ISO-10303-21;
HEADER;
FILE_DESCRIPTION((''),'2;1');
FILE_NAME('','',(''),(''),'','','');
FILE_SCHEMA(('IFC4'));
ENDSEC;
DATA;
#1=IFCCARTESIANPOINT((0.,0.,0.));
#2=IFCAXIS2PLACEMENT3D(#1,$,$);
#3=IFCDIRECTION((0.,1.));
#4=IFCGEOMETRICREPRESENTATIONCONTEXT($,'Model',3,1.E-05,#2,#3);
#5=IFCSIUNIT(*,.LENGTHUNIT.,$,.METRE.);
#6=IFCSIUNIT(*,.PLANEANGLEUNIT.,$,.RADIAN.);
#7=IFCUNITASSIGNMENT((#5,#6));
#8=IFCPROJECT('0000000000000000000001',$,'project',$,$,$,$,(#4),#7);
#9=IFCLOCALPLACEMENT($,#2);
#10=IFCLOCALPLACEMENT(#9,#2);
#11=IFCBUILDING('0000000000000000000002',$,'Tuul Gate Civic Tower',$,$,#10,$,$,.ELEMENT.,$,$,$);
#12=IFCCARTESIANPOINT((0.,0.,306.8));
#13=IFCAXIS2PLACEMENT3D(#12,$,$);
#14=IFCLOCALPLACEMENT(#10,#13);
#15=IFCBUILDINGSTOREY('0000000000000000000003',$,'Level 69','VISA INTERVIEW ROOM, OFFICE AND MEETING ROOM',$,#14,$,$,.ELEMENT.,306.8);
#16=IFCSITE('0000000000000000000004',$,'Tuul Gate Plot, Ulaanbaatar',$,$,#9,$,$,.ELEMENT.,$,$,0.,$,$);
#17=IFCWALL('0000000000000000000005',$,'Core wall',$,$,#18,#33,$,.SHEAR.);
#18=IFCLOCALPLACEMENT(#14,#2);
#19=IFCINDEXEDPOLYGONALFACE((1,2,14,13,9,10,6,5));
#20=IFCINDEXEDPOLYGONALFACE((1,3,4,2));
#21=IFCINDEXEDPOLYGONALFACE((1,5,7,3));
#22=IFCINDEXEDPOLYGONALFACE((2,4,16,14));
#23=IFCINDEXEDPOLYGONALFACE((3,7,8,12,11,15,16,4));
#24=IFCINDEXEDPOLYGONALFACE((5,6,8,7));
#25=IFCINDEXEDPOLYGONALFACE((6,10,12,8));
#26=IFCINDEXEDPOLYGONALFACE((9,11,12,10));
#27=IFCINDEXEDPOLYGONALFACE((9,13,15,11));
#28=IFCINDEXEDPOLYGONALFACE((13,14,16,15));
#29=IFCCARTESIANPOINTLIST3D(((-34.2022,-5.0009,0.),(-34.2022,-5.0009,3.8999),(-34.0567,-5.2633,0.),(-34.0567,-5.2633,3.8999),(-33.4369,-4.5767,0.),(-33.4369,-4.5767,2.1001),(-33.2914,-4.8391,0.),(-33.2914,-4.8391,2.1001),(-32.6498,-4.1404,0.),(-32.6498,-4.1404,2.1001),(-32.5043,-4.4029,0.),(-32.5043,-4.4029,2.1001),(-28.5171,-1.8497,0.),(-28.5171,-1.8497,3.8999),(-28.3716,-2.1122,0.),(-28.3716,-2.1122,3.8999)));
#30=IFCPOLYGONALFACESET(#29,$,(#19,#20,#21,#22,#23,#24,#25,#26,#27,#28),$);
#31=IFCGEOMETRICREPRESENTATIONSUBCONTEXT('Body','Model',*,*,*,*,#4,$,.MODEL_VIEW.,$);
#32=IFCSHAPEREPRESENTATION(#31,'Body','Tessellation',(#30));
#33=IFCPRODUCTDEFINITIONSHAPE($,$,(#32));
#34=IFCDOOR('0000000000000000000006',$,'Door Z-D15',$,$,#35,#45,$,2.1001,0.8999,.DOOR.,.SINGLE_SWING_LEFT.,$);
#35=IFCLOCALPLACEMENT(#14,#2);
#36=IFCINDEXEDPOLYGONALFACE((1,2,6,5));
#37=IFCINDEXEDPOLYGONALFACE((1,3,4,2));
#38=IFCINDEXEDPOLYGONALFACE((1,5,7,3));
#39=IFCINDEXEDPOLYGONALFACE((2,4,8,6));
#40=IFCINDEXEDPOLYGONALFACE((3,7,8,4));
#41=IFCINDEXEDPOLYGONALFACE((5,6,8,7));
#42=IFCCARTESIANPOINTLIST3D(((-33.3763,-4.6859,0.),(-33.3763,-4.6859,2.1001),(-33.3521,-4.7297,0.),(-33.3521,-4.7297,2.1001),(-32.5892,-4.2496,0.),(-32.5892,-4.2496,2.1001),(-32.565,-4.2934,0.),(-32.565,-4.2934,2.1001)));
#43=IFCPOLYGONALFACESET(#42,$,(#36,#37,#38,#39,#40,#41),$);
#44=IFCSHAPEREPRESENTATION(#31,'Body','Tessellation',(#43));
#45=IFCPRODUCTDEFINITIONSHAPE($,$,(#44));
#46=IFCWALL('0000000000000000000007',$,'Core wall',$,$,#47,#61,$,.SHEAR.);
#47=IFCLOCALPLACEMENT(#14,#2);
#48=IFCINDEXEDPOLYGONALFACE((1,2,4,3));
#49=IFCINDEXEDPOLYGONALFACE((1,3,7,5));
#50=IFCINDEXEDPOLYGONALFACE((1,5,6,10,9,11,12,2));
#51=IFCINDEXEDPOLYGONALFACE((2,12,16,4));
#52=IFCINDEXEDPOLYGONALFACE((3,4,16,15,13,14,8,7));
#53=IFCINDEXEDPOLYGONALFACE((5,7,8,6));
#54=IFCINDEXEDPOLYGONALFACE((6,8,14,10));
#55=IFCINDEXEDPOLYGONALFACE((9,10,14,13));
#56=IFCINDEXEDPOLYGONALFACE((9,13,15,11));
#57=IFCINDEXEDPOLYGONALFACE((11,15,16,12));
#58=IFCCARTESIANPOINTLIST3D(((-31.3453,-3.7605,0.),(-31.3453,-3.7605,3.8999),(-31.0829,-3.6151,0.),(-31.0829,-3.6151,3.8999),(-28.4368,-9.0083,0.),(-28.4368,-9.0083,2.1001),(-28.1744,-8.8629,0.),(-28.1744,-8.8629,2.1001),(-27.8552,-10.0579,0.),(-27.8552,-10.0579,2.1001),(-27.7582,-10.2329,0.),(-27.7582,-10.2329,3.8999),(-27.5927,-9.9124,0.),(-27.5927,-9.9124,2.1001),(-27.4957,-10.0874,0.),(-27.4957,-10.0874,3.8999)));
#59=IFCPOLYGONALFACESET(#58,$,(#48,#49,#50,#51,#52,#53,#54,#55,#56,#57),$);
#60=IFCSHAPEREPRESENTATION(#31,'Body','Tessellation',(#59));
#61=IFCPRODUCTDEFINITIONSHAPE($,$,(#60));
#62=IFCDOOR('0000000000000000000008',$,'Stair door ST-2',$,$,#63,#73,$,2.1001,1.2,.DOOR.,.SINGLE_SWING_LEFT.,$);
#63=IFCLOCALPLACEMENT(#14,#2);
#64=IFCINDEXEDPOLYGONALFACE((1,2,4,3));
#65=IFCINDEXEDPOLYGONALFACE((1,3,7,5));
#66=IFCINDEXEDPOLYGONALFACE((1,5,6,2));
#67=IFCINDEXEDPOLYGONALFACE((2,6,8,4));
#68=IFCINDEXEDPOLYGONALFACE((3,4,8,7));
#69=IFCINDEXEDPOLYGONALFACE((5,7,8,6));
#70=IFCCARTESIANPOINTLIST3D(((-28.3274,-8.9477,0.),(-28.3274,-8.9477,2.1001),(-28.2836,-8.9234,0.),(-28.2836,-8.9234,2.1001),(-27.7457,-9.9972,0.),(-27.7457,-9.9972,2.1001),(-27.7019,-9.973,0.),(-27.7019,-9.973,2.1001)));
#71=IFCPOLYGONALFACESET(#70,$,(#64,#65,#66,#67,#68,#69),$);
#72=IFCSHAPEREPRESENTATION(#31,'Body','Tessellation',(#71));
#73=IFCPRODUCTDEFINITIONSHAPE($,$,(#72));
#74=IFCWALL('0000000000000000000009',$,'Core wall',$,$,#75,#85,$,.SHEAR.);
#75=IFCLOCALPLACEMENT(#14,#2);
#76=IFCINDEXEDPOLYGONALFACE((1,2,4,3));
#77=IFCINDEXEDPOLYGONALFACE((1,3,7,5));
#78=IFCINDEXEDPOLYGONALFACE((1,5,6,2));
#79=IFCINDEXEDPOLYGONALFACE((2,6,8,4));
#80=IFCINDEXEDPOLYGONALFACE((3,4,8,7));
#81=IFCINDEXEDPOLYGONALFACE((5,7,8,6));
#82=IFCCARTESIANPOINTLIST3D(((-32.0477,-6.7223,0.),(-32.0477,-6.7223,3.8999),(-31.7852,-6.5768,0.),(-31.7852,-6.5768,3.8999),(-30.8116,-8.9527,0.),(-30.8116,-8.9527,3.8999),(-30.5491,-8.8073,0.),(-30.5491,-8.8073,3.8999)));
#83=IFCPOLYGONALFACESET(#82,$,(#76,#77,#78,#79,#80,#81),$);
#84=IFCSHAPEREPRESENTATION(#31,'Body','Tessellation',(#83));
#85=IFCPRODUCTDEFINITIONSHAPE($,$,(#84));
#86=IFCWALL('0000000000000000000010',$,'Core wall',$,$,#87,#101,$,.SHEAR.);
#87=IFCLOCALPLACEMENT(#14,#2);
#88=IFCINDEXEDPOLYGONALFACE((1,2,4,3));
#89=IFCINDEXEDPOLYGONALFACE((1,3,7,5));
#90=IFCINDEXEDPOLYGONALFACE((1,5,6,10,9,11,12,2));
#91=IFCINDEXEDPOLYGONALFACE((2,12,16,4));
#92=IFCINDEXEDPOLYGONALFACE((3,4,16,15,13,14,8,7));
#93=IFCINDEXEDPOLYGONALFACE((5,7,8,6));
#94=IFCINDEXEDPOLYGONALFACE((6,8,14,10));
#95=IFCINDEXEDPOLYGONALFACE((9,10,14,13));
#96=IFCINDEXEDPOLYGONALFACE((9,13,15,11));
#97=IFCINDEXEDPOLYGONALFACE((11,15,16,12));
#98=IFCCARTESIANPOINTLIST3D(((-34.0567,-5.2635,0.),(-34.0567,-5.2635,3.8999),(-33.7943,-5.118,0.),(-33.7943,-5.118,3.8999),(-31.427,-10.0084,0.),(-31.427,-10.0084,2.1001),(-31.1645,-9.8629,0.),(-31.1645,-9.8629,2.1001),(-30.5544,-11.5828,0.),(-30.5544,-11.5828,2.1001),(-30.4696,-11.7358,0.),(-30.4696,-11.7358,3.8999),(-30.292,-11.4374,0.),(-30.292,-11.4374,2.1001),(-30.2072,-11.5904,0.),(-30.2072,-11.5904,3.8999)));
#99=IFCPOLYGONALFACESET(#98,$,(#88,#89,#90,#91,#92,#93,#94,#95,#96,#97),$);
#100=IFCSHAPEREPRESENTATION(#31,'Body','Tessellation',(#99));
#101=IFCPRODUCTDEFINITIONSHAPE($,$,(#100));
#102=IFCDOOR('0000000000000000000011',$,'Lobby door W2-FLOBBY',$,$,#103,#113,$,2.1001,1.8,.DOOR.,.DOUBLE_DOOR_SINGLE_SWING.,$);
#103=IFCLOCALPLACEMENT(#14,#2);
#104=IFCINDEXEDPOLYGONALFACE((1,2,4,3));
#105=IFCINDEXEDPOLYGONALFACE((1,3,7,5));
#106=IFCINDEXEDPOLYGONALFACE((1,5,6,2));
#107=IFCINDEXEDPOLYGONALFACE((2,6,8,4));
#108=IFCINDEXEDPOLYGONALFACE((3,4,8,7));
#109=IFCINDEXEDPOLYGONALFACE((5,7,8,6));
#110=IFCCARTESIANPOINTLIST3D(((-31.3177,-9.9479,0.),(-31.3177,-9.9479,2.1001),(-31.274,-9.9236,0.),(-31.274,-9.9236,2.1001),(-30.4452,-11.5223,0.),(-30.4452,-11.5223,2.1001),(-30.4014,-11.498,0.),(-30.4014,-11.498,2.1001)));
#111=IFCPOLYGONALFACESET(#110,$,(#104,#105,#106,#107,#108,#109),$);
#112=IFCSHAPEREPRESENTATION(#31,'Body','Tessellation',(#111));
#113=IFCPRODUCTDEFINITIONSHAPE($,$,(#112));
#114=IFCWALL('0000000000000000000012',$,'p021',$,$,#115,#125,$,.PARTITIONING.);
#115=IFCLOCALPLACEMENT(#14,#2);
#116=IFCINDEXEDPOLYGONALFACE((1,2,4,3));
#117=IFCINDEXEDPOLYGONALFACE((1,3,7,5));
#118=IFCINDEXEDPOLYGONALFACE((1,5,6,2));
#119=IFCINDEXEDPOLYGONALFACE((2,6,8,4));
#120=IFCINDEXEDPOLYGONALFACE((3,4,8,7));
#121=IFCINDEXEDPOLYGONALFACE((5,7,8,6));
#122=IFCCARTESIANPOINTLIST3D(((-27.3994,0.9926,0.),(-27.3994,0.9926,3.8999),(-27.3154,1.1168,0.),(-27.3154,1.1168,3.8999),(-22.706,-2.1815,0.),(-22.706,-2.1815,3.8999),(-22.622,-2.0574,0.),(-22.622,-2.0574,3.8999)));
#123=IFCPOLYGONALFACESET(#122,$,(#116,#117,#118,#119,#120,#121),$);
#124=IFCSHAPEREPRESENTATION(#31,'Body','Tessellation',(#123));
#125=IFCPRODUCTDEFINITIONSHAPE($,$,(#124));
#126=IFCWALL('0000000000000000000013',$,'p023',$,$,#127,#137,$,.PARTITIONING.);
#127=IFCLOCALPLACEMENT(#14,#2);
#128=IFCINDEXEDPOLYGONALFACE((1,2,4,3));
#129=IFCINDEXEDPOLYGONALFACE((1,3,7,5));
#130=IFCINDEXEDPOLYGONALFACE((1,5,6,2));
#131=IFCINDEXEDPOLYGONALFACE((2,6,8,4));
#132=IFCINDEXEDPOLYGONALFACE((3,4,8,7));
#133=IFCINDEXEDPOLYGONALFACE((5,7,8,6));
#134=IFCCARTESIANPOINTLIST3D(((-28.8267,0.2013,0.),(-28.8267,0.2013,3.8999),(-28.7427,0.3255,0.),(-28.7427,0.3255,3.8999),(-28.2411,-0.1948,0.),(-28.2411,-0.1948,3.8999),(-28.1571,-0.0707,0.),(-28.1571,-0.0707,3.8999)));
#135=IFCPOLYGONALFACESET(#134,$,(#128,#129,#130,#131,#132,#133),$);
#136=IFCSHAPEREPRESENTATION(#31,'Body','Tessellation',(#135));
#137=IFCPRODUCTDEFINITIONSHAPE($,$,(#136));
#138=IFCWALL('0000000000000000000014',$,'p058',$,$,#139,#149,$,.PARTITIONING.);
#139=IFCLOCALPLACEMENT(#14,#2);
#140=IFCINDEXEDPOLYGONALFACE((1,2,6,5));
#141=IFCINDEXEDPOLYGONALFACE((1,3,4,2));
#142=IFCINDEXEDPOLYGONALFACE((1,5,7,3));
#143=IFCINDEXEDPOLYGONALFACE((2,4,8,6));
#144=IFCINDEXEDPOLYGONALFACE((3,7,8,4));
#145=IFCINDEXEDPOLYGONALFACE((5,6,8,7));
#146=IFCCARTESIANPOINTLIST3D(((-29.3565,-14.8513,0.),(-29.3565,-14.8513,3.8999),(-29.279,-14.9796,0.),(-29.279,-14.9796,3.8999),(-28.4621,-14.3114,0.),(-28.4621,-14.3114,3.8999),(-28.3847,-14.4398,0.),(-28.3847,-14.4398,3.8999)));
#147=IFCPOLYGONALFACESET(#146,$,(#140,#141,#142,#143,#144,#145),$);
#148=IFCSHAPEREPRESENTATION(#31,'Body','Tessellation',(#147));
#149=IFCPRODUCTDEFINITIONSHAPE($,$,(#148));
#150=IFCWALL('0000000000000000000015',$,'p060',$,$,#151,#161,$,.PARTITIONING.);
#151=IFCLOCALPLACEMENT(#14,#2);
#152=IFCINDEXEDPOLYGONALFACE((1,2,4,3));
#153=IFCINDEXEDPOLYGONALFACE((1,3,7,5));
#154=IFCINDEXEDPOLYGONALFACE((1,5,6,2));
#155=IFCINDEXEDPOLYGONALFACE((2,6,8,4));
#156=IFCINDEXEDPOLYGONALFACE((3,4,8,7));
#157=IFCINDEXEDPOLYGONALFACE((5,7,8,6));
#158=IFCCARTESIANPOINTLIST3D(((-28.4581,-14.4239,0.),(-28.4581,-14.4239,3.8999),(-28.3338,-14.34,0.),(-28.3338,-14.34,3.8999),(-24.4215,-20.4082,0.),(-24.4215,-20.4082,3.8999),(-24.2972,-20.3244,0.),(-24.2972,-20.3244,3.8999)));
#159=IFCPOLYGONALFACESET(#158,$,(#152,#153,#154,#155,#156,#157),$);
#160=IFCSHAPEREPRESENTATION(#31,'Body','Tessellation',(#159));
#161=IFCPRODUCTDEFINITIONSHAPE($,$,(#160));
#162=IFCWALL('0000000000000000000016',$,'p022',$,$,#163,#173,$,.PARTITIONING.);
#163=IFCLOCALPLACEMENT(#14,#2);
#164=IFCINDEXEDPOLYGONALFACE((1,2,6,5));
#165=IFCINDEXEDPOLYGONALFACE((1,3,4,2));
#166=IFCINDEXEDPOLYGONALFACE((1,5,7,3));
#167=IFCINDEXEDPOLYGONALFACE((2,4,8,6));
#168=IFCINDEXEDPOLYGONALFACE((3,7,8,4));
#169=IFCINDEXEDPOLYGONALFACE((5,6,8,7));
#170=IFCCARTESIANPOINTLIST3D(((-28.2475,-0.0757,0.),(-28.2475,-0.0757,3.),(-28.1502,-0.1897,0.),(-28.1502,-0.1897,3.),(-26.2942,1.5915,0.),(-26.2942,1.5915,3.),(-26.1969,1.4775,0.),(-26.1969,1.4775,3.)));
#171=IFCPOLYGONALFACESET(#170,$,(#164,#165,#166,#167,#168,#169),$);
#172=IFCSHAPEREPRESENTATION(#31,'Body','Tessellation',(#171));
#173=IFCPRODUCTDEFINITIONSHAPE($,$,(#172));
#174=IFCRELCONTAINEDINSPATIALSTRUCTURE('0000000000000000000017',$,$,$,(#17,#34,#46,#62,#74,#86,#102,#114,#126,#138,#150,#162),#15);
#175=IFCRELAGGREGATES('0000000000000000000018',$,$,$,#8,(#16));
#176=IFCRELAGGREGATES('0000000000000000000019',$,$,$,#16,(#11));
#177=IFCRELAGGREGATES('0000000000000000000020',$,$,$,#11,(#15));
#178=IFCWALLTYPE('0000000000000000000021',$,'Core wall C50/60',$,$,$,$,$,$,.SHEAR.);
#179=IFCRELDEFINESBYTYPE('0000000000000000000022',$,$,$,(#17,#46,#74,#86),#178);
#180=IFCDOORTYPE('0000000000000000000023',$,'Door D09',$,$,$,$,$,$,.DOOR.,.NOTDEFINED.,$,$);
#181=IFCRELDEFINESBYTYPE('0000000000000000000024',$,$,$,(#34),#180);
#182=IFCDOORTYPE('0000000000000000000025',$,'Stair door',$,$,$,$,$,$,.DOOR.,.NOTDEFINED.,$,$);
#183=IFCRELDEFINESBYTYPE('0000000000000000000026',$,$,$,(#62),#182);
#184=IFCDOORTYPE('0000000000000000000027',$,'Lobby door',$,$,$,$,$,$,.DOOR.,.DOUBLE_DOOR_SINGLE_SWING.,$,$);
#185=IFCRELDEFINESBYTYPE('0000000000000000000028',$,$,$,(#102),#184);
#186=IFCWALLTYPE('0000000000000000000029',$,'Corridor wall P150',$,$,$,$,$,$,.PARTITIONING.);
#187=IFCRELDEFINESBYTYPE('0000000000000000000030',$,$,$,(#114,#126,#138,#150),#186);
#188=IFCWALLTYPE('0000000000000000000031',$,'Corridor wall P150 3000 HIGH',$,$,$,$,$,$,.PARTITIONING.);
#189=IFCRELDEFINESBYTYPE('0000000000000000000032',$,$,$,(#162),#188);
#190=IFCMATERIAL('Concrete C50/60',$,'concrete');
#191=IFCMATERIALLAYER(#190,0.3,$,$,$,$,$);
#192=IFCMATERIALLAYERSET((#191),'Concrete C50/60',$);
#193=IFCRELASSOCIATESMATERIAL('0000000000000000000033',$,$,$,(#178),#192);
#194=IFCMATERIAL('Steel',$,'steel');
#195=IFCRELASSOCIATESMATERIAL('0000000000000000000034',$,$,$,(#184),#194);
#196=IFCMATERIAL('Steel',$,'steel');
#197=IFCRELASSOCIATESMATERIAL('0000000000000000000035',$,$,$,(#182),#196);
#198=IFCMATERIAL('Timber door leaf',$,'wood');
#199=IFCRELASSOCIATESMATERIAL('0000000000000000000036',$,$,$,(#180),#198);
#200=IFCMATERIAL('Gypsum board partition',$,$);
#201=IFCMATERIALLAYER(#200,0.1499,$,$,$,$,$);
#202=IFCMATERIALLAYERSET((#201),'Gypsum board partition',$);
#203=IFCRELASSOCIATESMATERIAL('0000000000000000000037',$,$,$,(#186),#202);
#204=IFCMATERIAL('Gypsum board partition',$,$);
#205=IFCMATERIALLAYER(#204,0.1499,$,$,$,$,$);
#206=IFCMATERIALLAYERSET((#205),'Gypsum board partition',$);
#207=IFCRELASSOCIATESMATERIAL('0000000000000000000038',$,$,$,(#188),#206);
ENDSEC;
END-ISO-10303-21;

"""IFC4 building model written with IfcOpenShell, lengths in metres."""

from ifc_helpers import new_model, si_unit, direction, frame, frame_2d, origin, place, context, subcontext, project, spatial, rectangle, extrude, material, layer, layer_set, type_object, element, fill, save


model = new_model("IFC4")

# Units and contexts
model_context = context("Model", 3, precision=1e-05, world=origin(), true_north=direction((0.0, 1.0)))
body_context = subcontext(model_context, "Body", "Model", "MODEL_VIEW")
ifc_project = project(units=[si_unit("LENGTHUNIT", "METRE"), si_unit("PLANEANGLEUNIT", "RADIAN")], contexts=[model_context])

# Site, building, storey
site_placement = place(None, origin())
site = spatial("IfcSite", under=ifc_project, at=site_placement, Name="Tuul Gate Plot, Ulaanbaatar", CompositionType="ELEMENT", RefElevation=0.0)
building_placement = place(site_placement, origin())
building = spatial("IfcBuilding", under=site, at=building_placement, Name="Tuul Gate Civic Tower", CompositionType="ELEMENT")
storey_placement = place(building_placement, frame((0.0, 0.0, 306.8)))
storey = spatial("IfcBuildingStorey", under=building, at=storey_placement, Name="Level 69", Description="VISA INTERVIEW ROOM, OFFICE AND MEETING ROOM", CompositionType="ELEMENT", Elevation=306.8)

# Shared definitions
ifc_material_1 = material(Name="Concrete C50/60", Category="concrete")
ifc_layer_1 = layer(ifc_material_1, 0.3)
ifc_layer_set_1 = layer_set([ifc_layer_1], Name="Concrete C50/60")
wall_type_1 = type_object("IfcWallType", Name="Core wall C50/60", PredefinedType="SHEAR", material=ifc_layer_set_1)
ifc_material_2 = material(Name="Steel", Category="steel")
door_type_1 = type_object("IfcDoorType", Name="Lobby door", OperationType="DOUBLE_DOOR_SINGLE_SWING", PredefinedType="DOOR", material=ifc_material_2)

# Shared definitions
ifc_material_3 = material(Name="Steel", Category="steel")
door_type_2 = type_object("IfcDoorType", Name="Stair door", OperationType="NOTDEFINED", PredefinedType="DOOR", material=ifc_material_3)

# Walls, openings, doors
wall_1_placement = place(storey_placement, frame((-28.4443, -1.981, 0.0), z_axis=(0.0, 0.0, 1.0), x_axis=(-0.87463, -0.484791, 0.0)))
wall_1 = element("IfcWall", 1, at=wall_1_placement, inside=storey, type_object=wall_type_1, Name="Core wall", PredefinedType="SHEAR", context=body_context, shape_type="SweptSolid", body=[
    extrude(rectangle(XDim=6.5, YDim=0.3, at=frame_2d((3.25, 0.0))), origin(), (0.0, 0.0, 1.0), 3.8999),
])
opening_1_placement = place(wall_1_placement, frame((4.7251, 0.0, 0.0)))
opening_1 = element("IfcOpeningElement", 2, at=opening_1_placement, cuts=wall_1, PredefinedType="OPENING", context=body_context, shape_type="SweptSolid", body=[
    extrude(rectangle(XDim=0.8999, YDim=2.1001, at=frame_2d((0.45, 1.05))), frame((0.0, 0.1602, 0.0), z_axis=(0.0, -1.0, 0.0), x_axis=(1.0, 0.0, 0.0)), (0.0, 0.0, 1.0), 0.3201),
])
ifc_material_4 = material(Name="Timber door leaf", Category="wood")
door_type_3 = type_object("IfcDoorType", Name="Door D09", OperationType="NOTDEFINED", PredefinedType="DOOR", material=ifc_material_4)
door_1_placement = place(opening_1_placement, origin())
door_1 = element("IfcDoor", 3, at=door_1_placement, inside=storey, type_object=door_type_3, Name="Door Z-D15", OperationType="SINGLE_SWING_LEFT", OverallHeight=2.1001, OverallWidth=0.8999, PredefinedType="DOOR", context=body_context, shape_type="SweptSolid", body=[
    extrude(rectangle(XDim=0.8999, YDim=2.1001, at=frame_2d((0.45, 1.05))), frame((0.0, 0.0249, 0.0), z_axis=(0.0, -1.0, 0.0), x_axis=(1.0, 0.0, 0.0)), (0.0, 0.0, 1.0), 0.05),
])
fill(opening_1, door_1)
wall_2_placement = place(storey_placement, frame((-27.627, -10.1602, 0.0), z_axis=(0.0, 0.0, 1.0), x_axis=(-0.484752, 0.874652, 0.0)))
wall_2 = element("IfcWall", 4, at=wall_2_placement, inside=storey, type_object=wall_type_1, Name="Core wall", PredefinedType="SHEAR", context=body_context, shape_type="SweptSolid", body=[
    extrude(rectangle(XDim=7.3999, YDim=0.3, at=frame_2d((3.7, 0.0))), origin(), (0.0, 0.0, 1.0), 3.8999),
])
opening_2_placement = place(wall_2_placement, frame((0.2, 0.0, 0.0)))
opening_2 = element("IfcOpeningElement", 5, at=opening_2_placement, cuts=wall_2, PredefinedType="OPENING", context=body_context, shape_type="SweptSolid", body=[
    extrude(rectangle(XDim=1.2, YDim=2.1001, at=frame_2d((0.6001, 1.05))), frame((0.0, 0.1602, 0.0), z_axis=(0.0, -1.0, 0.0), x_axis=(1.0, 0.0, 0.0)), (0.0, 0.0, 1.0), 0.3201),
])
door_2_placement = place(opening_2_placement, origin())
door_2 = element("IfcDoor", 6, at=door_2_placement, inside=storey, type_object=door_type_2, Name="Stair door ST-2", OperationType="SINGLE_SWING_LEFT", OverallHeight=2.1001, OverallWidth=1.2, PredefinedType="DOOR", context=body_context, shape_type="SweptSolid", body=[
    extrude(rectangle(XDim=1.2, YDim=2.1001, at=frame_2d((0.6001, 1.05))), frame((0.0, 0.0249, 0.0), z_axis=(0.0, -1.0, 0.0), x_axis=(1.0, 0.0, 0.0)), (0.0, 0.0, 1.0), 0.05),
])
fill(opening_2, door_2)

# Wall
wall_3_placement = place(storey_placement, frame((-30.6804, -8.8799, 0.0), z_axis=(0.0, 0.0, 1.0), x_axis=(-0.484724, 0.874667, 0.0)))
element("IfcWall", 7, at=wall_3_placement, inside=storey, type_object=wall_type_1, Name="Core wall", PredefinedType="SHEAR", context=body_context, shape_type="SweptSolid", body=[
    extrude(rectangle(XDim=2.55, YDim=0.3, at=frame_2d((1.2749, 0.0))), origin(), (0.0, 0.0, 1.0), 3.8999),
])

# Wall, opening, door
wall_4_placement = place(storey_placement, frame((-30.3384, -11.6631, 0.0), z_axis=(0.0, 0.0, 1.0), x_axis=(-0.484752, 0.874652, 0.0)))
wall_4 = element("IfcWall", 8, at=wall_4_placement, inside=storey, type_object=wall_type_1, Name="Core wall", PredefinedType="SHEAR", context=body_context, shape_type="SweptSolid", body=[
    extrude(rectangle(XDim=7.3999, YDim=0.3, at=frame_2d((3.7, 0.0))), origin(), (0.0, 0.0, 1.0), 3.8999),
])
opening_3_placement = place(wall_4_placement, frame((0.175, 0.0, 0.0)))
opening_3 = element("IfcOpeningElement", 9, at=opening_3_placement, cuts=wall_4, PredefinedType="OPENING", context=body_context, shape_type="SweptSolid", body=[
    extrude(rectangle(XDim=1.8, YDim=2.1001, at=frame_2d((0.8999, 1.05))), frame((0.0, 0.1602, 0.0), z_axis=(0.0, -1.0, 0.0), x_axis=(1.0, 0.0, 0.0)), (0.0, 0.0, 1.0), 0.3201),
])
door_3_placement = place(opening_3_placement, frame((1.8, 0.0, 0.0), z_axis=(0.0, 0.0, 1.0), x_axis=(-1.0, 0.0, 0.0)))
door_3 = element("IfcDoor", 10, at=door_3_placement, inside=storey, type_object=door_type_1, Name="Lobby door W2-FLOBBY", OperationType="DOUBLE_DOOR_SINGLE_SWING", OverallHeight=2.1001, OverallWidth=1.8, PredefinedType="DOOR", context=body_context, shape_type="SweptSolid", body=[
    extrude(rectangle(XDim=1.8, YDim=2.1001, at=frame_2d((0.9001, 1.05))), frame((0.0, 0.0249, 0.0), z_axis=(0.0, -1.0, 0.0), x_axis=(1.0, 0.0, 0.0)), (0.0, 0.0, 1.0), 0.05),
])
fill(opening_3, door_3)

# Walls
ifc_material_5 = material(Name="Gypsum board partition")
ifc_layer_2 = layer(ifc_material_5, 0.1499)
ifc_layer_set_2 = layer_set([ifc_layer_2], Name="Gypsum board partition")
wall_type_2 = type_object("IfcWallType", Name="Corridor wall P150", PredefinedType="PARTITIONING", material=ifc_layer_set_2)
wall_5_placement = place(storey_placement, frame((-27.3574, 1.0547, 0.0), z_axis=(0.0, 0.0, 1.0), x_axis=(0.828353, -0.560207, 0.0)))
element("IfcWall", 11, at=wall_5_placement, inside=storey, type_object=wall_type_2, Name="p021", PredefinedType="PARTITIONING", context=body_context, shape_type="SweptSolid", body=[
    extrude(rectangle(XDim=5.666, YDim=0.1499, at=frame_2d((2.833, 0.0))), origin(), (0.0, 0.0, 1.0), 3.8999),
])
wall_6_placement = place(storey_placement, frame((-28.7847, 0.2634, 0.0), z_axis=(0.0, 0.0, 1.0), x_axis=(0.82826, -0.560344, 0.0)))
element("IfcWall", 12, at=wall_6_placement, inside=storey, type_object=wall_type_2, Name="p023", PredefinedType="PARTITIONING", context=body_context, shape_type="SweptSolid", body=[
    extrude(rectangle(XDim=0.707, YDim=0.1499, at=frame_2d((0.3535, 0.0))), origin(), (0.0, 0.0, 1.0), 3.8999),
])
wall_7_placement = place(storey_placement, frame((-29.3179, -14.9155, 0.0), z_axis=(0.0, 0.0, 1.0), x_axis=(0.856129, 0.516762, 0.0)))
element("IfcWall", 13, at=wall_7_placement, inside=storey, type_object=wall_type_2, Name="p058", PredefinedType="PARTITIONING", context=body_context, shape_type="SweptSolid", body=[
    extrude(rectangle(XDim=1.0447, YDim=0.1499, at=frame_2d((0.5225, 0.0))), origin(), (0.0, 0.0, 1.0), 3.8999),
])
wall_8_placement = place(storey_placement, frame((-28.396, -14.3818, 0.0), z_axis=(0.0, 0.0, 1.0), x_axis=(0.559203, -0.829031, 0.0)))
element("IfcWall", 14, at=wall_8_placement, inside=storey, type_object=wall_type_2, Name="p060", PredefinedType="PARTITIONING", context=body_context, shape_type="SweptSolid", body=[
    extrude(rectangle(XDim=7.2185, YDim=0.1499, at=frame_2d((3.6094, 0.0))), origin(), (0.0, 0.0, 1.0), 3.8999),
])
ifc_material_6 = material(Name="Gypsum board partition")
ifc_layer_3 = layer(ifc_material_6, 0.1499)
ifc_layer_set_3 = layer_set([ifc_layer_3], Name="Gypsum board partition")
wall_type_3 = type_object("IfcWallType", Name="Corridor wall P150 3000 HIGH", PredefinedType="PARTITIONING", material=ifc_layer_set_3)
wall_9_placement = place(storey_placement, frame((-28.199, -0.1328, 0.0), z_axis=(0.0, 0.0, 1.0), x_axis=(0.760617, 0.649201, 0.0)))
element("IfcWall", 15, at=wall_9_placement, inside=storey, type_object=wall_type_3, Name="p022", PredefinedType="PARTITIONING", context=body_context, shape_type="SweptSolid", body=[
    extrude(rectangle(XDim=2.5681, YDim=0.1499, at=frame_2d((1.2842, 0.0))), origin(), (0.0, 0.0, 1.0), 3.0),
])

save(model, "model.ifc")
